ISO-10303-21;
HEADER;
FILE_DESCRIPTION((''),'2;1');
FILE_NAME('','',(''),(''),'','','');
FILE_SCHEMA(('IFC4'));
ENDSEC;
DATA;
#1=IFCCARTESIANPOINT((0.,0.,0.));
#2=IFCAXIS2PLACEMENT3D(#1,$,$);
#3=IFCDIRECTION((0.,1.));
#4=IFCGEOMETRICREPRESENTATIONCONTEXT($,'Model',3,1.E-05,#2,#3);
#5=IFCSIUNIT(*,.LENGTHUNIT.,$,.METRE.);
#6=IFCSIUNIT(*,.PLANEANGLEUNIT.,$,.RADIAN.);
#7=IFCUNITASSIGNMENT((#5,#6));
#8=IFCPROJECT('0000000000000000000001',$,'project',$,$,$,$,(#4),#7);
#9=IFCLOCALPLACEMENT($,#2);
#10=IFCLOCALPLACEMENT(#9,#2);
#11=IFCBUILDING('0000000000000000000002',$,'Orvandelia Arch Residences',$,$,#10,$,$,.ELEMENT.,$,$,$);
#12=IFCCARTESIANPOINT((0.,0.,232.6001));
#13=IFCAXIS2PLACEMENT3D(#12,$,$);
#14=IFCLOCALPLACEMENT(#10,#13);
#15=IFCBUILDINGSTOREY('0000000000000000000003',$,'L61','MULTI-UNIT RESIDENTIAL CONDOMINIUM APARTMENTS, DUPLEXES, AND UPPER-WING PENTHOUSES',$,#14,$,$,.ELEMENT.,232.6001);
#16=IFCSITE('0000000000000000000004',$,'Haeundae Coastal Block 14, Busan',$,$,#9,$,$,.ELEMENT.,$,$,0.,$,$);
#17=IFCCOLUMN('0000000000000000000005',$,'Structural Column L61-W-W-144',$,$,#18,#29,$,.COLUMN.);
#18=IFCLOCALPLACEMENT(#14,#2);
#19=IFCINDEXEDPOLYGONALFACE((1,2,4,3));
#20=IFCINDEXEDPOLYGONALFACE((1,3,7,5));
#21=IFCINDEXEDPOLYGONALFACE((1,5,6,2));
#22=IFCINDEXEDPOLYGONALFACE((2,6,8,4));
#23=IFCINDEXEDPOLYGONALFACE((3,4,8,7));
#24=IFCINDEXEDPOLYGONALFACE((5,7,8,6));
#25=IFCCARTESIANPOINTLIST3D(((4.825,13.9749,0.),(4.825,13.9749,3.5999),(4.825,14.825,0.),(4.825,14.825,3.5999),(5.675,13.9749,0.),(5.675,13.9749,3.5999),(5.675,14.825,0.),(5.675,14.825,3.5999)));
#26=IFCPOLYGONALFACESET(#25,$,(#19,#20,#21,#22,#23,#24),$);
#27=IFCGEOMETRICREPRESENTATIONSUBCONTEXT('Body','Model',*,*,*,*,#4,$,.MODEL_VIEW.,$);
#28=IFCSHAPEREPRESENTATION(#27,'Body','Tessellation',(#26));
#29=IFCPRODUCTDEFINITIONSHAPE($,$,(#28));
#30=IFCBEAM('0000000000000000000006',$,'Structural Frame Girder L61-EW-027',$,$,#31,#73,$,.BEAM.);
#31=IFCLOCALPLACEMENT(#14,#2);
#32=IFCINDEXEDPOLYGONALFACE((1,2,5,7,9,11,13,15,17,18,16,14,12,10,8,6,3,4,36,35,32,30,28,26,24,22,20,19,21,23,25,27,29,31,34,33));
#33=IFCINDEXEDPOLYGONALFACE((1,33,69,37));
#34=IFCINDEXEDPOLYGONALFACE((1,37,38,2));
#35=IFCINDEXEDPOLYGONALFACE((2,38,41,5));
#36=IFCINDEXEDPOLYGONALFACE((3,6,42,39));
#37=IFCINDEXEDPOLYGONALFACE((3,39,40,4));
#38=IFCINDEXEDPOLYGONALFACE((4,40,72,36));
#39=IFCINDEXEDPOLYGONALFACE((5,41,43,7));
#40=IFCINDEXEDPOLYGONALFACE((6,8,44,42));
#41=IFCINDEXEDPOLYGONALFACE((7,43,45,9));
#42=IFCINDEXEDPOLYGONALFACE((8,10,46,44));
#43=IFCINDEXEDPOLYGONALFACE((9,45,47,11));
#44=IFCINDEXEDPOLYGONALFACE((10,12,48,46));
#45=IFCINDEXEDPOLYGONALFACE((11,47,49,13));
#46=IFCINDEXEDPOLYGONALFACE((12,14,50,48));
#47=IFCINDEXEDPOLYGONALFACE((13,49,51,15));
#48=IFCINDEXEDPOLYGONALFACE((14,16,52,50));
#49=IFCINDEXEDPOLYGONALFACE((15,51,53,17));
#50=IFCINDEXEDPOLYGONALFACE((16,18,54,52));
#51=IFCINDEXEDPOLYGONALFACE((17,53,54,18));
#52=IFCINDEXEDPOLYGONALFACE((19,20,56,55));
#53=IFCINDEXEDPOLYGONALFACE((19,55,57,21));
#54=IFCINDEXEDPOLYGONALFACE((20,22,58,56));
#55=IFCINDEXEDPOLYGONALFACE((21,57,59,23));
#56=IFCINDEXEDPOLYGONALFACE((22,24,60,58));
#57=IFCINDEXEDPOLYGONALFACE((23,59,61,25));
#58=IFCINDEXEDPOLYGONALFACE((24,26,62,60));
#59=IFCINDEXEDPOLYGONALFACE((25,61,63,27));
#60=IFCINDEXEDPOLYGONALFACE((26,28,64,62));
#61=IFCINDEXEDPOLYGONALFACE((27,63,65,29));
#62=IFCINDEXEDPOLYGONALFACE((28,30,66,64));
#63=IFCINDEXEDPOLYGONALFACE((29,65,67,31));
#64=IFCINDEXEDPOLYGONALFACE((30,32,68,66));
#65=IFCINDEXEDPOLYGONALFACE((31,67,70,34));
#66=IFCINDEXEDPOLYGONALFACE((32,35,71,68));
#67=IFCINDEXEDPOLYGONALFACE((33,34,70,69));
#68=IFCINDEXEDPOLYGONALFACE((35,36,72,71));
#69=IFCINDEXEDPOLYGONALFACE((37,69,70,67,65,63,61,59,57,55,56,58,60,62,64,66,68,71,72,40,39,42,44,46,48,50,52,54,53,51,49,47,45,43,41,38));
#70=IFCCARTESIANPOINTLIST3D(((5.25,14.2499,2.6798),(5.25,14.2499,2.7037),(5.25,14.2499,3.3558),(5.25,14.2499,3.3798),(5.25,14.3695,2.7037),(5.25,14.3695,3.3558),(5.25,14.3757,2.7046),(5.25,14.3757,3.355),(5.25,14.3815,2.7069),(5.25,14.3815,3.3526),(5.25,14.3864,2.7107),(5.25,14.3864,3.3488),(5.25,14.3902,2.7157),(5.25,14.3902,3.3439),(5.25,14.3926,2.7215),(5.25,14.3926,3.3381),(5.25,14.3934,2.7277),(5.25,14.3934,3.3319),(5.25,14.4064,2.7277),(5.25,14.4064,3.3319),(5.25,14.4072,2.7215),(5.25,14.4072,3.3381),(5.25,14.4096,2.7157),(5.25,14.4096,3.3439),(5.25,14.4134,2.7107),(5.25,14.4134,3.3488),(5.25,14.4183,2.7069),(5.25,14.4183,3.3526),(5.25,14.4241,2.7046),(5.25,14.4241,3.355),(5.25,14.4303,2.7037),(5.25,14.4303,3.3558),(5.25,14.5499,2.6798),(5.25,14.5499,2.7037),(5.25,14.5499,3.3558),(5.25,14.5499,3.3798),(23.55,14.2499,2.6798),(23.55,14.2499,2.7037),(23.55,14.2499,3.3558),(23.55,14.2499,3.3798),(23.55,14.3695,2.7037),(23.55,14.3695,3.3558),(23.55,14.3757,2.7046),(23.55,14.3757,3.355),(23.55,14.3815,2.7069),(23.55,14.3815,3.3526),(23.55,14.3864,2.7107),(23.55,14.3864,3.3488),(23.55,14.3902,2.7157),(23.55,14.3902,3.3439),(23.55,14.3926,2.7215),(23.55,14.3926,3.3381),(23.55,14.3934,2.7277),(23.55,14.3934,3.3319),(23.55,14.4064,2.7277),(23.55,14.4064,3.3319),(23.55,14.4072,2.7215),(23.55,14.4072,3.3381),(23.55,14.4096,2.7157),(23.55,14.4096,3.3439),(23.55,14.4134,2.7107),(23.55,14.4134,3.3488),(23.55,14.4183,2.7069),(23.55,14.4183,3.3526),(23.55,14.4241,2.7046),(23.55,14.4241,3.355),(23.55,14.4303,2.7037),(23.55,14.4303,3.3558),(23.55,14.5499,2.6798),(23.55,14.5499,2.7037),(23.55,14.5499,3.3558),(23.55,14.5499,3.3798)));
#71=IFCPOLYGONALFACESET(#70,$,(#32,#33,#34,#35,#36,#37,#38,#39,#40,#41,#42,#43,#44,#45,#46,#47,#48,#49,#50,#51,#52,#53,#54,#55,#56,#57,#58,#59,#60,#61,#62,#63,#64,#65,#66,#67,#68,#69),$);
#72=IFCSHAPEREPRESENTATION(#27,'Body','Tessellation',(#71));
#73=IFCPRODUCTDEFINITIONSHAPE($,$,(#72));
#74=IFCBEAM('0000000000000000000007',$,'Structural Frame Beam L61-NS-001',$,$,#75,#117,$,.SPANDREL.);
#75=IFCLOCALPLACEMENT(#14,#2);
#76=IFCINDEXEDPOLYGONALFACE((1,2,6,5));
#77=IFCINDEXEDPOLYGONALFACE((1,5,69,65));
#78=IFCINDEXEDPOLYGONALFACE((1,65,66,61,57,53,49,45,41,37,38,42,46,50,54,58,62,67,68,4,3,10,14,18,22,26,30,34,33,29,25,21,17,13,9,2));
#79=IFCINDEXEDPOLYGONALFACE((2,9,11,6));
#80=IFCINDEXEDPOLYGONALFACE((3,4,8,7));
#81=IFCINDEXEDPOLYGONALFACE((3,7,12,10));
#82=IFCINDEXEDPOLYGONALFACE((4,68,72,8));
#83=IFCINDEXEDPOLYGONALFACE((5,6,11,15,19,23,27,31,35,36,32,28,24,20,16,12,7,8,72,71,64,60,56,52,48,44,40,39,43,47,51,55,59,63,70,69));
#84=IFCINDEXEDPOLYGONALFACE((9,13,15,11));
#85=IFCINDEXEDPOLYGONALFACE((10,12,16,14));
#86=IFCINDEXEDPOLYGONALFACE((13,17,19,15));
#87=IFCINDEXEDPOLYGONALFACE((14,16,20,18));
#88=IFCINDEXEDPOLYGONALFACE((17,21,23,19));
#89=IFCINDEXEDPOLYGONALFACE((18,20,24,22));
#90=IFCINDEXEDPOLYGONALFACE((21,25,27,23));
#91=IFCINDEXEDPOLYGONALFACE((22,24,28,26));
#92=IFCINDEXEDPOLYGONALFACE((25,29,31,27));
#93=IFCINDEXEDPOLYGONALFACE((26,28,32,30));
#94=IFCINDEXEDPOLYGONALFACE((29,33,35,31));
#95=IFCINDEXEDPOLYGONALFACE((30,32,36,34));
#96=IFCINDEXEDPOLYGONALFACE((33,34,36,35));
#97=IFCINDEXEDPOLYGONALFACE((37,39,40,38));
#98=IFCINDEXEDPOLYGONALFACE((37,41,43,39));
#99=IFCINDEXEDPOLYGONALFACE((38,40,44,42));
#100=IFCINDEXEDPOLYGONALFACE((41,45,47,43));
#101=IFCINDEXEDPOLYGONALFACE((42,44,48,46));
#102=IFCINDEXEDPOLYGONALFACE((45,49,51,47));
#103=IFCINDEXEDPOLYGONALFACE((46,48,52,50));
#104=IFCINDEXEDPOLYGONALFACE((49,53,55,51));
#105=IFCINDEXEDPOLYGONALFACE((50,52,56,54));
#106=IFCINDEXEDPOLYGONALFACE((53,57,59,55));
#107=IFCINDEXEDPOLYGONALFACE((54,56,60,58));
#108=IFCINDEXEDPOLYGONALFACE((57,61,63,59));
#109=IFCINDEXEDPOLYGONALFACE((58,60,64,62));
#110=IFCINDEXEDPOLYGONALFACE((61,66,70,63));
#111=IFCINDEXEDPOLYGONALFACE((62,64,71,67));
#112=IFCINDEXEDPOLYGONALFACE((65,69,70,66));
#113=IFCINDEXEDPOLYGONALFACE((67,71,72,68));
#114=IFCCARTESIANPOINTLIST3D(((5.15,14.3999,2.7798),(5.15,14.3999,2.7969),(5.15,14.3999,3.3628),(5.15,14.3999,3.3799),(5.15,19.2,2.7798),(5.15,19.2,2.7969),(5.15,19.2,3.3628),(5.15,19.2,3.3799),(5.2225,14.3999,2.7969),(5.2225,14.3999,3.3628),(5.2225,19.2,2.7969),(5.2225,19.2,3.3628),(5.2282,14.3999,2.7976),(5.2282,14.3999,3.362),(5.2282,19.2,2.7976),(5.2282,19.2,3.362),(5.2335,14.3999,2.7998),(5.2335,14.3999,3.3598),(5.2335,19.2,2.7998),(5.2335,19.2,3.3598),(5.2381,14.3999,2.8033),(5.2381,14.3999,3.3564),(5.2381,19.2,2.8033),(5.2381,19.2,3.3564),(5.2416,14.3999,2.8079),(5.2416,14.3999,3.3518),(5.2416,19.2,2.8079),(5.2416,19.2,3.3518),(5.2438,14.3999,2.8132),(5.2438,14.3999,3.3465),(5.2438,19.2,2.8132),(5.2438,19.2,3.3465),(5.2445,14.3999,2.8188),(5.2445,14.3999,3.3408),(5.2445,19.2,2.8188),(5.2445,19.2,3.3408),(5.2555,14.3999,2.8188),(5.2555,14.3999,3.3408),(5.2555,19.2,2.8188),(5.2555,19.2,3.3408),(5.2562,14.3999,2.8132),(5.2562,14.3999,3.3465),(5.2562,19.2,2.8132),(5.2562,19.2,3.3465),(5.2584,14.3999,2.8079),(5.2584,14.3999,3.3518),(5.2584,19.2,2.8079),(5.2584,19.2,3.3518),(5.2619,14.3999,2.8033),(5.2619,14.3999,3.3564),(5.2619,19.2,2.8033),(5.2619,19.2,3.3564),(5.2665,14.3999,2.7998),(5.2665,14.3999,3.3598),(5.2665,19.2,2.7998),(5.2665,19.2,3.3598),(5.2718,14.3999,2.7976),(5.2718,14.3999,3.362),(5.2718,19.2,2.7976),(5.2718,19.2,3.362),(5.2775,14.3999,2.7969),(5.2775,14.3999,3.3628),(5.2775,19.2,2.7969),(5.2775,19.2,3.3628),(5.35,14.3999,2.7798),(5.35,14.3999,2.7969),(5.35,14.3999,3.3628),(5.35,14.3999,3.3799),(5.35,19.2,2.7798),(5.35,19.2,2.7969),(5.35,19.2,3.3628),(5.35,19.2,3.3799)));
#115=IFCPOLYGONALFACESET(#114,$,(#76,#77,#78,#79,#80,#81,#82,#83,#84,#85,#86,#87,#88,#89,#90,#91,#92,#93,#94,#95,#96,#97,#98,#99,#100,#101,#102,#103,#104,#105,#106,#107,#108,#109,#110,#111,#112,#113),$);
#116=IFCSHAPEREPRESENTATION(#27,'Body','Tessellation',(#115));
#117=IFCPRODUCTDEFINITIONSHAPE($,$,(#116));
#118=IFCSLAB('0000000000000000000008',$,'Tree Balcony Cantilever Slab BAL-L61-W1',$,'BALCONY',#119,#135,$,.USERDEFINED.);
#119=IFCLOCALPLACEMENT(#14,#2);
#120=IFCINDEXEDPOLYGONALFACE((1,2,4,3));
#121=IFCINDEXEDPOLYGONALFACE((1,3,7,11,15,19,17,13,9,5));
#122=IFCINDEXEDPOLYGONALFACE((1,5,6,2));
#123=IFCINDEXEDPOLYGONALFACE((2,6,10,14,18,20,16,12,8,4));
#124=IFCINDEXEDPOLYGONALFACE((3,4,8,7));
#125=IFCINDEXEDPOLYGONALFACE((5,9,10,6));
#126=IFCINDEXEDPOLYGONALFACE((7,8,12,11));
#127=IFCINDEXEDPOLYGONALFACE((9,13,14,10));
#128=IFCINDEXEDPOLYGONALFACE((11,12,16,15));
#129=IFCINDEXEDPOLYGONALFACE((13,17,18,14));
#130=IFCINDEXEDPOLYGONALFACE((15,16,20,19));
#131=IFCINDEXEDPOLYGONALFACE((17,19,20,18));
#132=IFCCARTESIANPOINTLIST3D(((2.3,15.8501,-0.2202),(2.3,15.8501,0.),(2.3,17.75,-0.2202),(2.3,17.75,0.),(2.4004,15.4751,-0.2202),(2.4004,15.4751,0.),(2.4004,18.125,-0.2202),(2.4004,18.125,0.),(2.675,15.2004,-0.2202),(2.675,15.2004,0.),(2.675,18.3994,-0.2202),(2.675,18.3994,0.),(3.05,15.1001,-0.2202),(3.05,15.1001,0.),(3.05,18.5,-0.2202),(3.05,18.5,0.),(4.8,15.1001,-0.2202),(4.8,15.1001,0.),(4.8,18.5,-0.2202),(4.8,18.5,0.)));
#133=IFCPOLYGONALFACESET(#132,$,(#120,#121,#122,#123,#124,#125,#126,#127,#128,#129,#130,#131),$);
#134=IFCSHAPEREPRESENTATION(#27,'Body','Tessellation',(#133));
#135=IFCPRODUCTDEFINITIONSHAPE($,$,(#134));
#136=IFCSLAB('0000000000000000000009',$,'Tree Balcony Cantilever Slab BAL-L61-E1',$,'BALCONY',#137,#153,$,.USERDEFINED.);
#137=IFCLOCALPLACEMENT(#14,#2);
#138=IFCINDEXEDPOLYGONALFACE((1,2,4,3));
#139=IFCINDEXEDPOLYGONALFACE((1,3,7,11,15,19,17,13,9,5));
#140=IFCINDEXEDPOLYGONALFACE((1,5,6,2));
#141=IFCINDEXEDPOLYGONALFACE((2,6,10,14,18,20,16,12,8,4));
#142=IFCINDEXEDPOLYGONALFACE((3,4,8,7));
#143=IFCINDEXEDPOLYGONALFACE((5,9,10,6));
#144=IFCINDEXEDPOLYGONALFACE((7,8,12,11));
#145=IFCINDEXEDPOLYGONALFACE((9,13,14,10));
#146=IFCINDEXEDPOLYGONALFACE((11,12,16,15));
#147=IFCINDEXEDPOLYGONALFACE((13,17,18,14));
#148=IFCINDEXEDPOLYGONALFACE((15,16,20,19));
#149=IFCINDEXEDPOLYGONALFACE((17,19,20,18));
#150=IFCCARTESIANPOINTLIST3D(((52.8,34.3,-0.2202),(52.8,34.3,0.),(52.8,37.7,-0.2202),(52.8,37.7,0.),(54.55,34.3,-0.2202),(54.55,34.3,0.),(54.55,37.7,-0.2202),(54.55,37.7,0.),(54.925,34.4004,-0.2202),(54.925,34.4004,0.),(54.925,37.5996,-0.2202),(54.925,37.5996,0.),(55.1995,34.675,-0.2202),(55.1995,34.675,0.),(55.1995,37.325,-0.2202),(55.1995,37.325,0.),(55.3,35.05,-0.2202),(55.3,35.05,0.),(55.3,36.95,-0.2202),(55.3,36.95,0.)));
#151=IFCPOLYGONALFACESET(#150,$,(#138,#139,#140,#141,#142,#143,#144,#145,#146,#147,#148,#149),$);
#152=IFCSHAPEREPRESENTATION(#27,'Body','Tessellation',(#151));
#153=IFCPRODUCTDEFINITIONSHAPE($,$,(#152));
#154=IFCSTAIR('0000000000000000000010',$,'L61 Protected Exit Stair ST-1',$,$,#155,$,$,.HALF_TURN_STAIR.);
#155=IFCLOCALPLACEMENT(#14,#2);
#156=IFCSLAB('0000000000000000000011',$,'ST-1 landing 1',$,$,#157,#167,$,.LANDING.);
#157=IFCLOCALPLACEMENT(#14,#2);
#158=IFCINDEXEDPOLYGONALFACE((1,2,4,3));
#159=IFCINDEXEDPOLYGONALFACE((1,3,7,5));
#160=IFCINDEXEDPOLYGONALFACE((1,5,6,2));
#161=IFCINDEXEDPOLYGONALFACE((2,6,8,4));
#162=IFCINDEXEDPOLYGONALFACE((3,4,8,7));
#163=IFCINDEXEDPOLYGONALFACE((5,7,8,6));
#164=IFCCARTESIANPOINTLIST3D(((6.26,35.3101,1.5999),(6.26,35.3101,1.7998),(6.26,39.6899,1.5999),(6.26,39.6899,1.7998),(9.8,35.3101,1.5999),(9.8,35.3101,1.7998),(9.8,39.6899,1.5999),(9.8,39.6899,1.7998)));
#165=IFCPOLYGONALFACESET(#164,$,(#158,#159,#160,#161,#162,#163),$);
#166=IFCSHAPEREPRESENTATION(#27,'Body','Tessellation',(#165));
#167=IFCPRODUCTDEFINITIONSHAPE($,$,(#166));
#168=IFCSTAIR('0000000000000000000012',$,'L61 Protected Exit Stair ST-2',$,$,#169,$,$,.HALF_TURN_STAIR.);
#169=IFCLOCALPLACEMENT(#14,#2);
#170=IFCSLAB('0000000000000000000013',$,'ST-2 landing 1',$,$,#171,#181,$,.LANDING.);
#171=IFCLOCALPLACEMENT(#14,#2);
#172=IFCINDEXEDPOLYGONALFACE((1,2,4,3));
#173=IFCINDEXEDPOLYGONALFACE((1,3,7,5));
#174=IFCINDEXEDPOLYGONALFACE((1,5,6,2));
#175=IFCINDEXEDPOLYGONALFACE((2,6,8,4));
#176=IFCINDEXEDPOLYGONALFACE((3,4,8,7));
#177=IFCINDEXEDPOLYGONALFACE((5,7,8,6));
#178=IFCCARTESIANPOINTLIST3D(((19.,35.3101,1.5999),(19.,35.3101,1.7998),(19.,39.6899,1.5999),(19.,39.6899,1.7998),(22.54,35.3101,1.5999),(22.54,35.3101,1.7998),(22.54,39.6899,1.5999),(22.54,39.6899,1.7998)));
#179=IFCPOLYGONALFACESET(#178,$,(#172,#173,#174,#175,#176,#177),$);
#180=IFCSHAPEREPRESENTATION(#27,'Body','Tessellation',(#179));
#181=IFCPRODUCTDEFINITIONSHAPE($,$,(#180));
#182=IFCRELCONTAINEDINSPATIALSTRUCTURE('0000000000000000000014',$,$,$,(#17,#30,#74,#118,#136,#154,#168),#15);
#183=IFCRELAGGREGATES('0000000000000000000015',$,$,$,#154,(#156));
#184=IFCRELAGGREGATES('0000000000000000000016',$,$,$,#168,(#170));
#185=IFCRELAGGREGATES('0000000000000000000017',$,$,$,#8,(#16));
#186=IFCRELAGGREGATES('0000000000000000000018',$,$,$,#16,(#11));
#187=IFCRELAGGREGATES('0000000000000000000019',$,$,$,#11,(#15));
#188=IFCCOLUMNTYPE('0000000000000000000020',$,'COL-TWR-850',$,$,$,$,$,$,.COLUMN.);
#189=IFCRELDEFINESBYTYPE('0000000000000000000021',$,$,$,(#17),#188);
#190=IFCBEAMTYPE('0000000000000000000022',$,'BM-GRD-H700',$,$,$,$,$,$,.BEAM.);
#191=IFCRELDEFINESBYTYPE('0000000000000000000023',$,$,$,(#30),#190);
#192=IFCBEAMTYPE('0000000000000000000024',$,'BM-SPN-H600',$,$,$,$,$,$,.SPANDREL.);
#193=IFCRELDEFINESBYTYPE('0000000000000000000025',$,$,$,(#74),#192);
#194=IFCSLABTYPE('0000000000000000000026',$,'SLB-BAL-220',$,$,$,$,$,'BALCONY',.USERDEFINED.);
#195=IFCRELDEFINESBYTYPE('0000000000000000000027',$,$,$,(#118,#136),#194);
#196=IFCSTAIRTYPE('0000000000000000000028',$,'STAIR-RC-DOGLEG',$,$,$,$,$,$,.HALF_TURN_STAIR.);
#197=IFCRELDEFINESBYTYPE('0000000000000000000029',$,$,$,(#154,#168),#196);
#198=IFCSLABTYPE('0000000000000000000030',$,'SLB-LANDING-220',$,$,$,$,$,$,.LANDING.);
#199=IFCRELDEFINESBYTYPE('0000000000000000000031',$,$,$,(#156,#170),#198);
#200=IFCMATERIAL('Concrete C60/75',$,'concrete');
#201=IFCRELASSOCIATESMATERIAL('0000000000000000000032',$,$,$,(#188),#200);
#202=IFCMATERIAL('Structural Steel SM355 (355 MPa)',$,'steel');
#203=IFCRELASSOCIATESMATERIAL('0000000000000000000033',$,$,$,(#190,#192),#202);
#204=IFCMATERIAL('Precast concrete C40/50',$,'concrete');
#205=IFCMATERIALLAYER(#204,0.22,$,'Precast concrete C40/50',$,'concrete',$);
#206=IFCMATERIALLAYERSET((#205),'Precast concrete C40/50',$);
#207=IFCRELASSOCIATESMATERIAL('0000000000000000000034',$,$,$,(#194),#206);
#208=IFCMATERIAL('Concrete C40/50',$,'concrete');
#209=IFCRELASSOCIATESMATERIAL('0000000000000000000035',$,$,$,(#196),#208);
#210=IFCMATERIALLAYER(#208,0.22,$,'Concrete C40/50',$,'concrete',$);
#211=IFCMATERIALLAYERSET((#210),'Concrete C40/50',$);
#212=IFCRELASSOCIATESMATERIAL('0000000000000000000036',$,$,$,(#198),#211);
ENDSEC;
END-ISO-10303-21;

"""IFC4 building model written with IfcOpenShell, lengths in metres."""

from ifc_helpers import new_model, si_unit, direction, frame, origin, origin_2d, place, context, subcontext, project, spatial, polyline, rectangle, i_section, outline, extrude, material, layer, layer_set, material_profile, profile_set, type_object, element, aggregate, save


model = new_model("IFC4")

# Units and contexts
model_context = context("Model", 3, precision=1e-05, world=origin(), true_north=direction((0.0, 1.0)))
body_context = subcontext(model_context, "Body", "Model", "MODEL_VIEW")
ifc_project = project(units=[si_unit("LENGTHUNIT", "METRE"), si_unit("PLANEANGLEUNIT", "RADIAN")], contexts=[model_context])

# Site, building, storey
site_placement = place(None, origin())
site = spatial("IfcSite", under=ifc_project, at=site_placement, Name="Haeundae Coastal Block 14, Busan", CompositionType="ELEMENT", RefElevation=0.0)
building_placement = place(site_placement, origin())
building = spatial("IfcBuilding", under=site, at=building_placement, Name="Orvandelia Arch Residences", CompositionType="ELEMENT")
storey_placement = place(building_placement, frame((0.0, 0.0, 232.6001)))
storey = spatial("IfcBuildingStorey", under=building, at=storey_placement, Name="L61", Description="MULTI-UNIT RESIDENTIAL CONDOMINIUM APARTMENTS, DUPLEXES, AND UPPER-WING PENTHOUSES", CompositionType="ELEMENT", Elevation=232.6001)

# Column
ifc_material_1 = material(Name="Concrete C60/75", Category="concrete")
ifc_material_profile_1 = material_profile(ifc_material_1, rectangle(XDim=0.8501, YDim=0.8501, at=origin_2d()), Name="Concrete C60/75", Category="concrete")
ifc_profile_set_1 = profile_set([ifc_material_profile_1], Name="Concrete C60/75")
column_type = type_object("IfcColumnType", Name="COL-TWR-850", PredefinedType="COLUMN", material=ifc_profile_set_1)
column_placement = place(storey_placement, frame((5.25, 14.3999, 0.0), z_axis=(0.0, 0.0, 1.0), x_axis=(1.0, 0.0, 0.0)))
element("IfcColumn", 1, at=column_placement, inside=storey, type_object=column_type, Name="Structural Column L61-W-W-144", PredefinedType="COLUMN", context=body_context, shape_type="SweptSolid", body=[
    extrude(rectangle(XDim=0.8501, YDim=0.8501, at=origin_2d()), origin(), (0.0, 0.0, 1.0), 3.5999),
])

# Beams
ifc_material_2 = material(Name="Structural Steel SM355 (355 MPa)", Category="steel")
ifc_material_profile_2 = material_profile(ifc_material_2, i_section(OverallWidth=0.3, OverallDepth=0.7, WebThickness=0.0129, FlangeThickness=0.0239, FilletRadius=0.0239, at=origin_2d()), Name="Structural Steel SM355 (355 MPa)", Category="steel")
ifc_profile_set_2 = profile_set([ifc_material_profile_2], Name="Structural Steel SM355 (355 MPa)")
beam_type_1 = type_object("IfcBeamType", Name="BM-GRD-H700", PredefinedType="BEAM", material=ifc_profile_set_2)
beam_1_placement = place(storey_placement, frame((5.25, 14.3999, 3.0298), z_axis=(1.0, 0.0, 0.0), x_axis=(0.0, 1.0, 0.0)))
element("IfcBeam", 2, at=beam_1_placement, inside=storey, type_object=beam_type_1, Name="Structural Frame Girder L61-EW-027", PredefinedType="BEAM", context=body_context, shape_type="SweptSolid", body=[
    extrude(i_section(OverallWidth=0.3, OverallDepth=0.7, WebThickness=0.0129, FlangeThickness=0.0239, FilletRadius=0.0239, at=origin_2d()), origin(), (0.0, 0.0, 1.0), 18.3),
])
ifc_material_profile_3 = material_profile(ifc_material_2, i_section(OverallWidth=0.2, OverallDepth=0.6001, WebThickness=0.011, FlangeThickness=0.0171, FilletRadius=0.022, at=origin_2d()), Name="Structural Steel SM355 (355 MPa)", Category="steel")
ifc_profile_set_3 = profile_set([ifc_material_profile_3], Name="Structural Steel SM355 (355 MPa)")
beam_type_2 = type_object("IfcBeamType", Name="BM-SPN-H600", PredefinedType="SPANDREL", material=ifc_profile_set_3)
beam_2_placement = place(storey_placement, frame((5.25, 14.3999, 3.0798), z_axis=(0.0, 1.0, 0.0), x_axis=(-1.0, 0.0, 0.0)))
element("IfcBeam", 3, at=beam_2_placement, inside=storey, type_object=beam_type_2, Name="Structural Frame Beam L61-NS-001", PredefinedType="SPANDREL", context=body_context, shape_type="SweptSolid", body=[
    extrude(i_section(OverallWidth=0.2, OverallDepth=0.6001, WebThickness=0.011, FlangeThickness=0.0171, FilletRadius=0.022, at=origin_2d()), origin(), (0.0, 0.0, 1.0), 4.8),
])

# Slabs
ifc_material_3 = material(Name="Precast concrete C40/50", Category="concrete")
ifc_layer_1 = layer(ifc_material_3, 0.22, Name="Precast concrete C40/50", Category="concrete")
ifc_layer_set_1 = layer_set([ifc_layer_1], Name="Precast concrete C40/50")
slab_type_1 = type_object("IfcSlabType", Name="SLB-BAL-220", ElementType="BALCONY", PredefinedType="USERDEFINED", material=ifc_layer_set_1)
slab_1_placement = place(storey_placement, frame((0.0, 0.0, -0.2202)))
element("IfcSlab", 4, at=slab_1_placement, inside=storey, type_object=slab_type_1, Name="Tree Balcony Cantilever Slab BAL-L61-W1", ObjectType="BALCONY", PredefinedType="USERDEFINED", context=body_context, shape_type="SweptSolid", body=[
    extrude(outline(polyline([(4.8, 15.1001), (4.8, 18.5), (3.05, 18.5), (2.675, 18.3994), (2.4004, 18.125), (2.3, 17.75), (2.3, 15.8501), (2.4004, 15.4751), (2.675, 15.2004), (3.05, 15.1001), (4.8, 15.1001)])), origin(), (0.0, 0.0, 1.0), 0.2202),
])
slab_2_placement = place(storey_placement, frame((0.0, 0.0, -0.2202)))
element("IfcSlab", 5, at=slab_2_placement, inside=storey, type_object=slab_type_1, Name="Tree Balcony Cantilever Slab BAL-L61-E1", ObjectType="BALCONY", PredefinedType="USERDEFINED", context=body_context, shape_type="SweptSolid", body=[
    extrude(outline(polyline([(52.8, 37.7), (52.8, 34.3), (54.55, 34.3), (54.925, 34.4004), (55.1995, 34.675), (55.3, 35.05), (55.3, 36.95), (55.1995, 37.325), (54.925, 37.5996), (54.55, 37.7), (52.8, 37.7)])), origin(), (0.0, 0.0, 1.0), 0.2202),
])

# Stairs, slabs
ifc_material_4 = material(Name="Concrete C40/50", Category="concrete")
stair_type = type_object("IfcStairType", Name="STAIR-RC-DOGLEG", PredefinedType="HALF_TURN_STAIR", material=ifc_material_4)
stair_1_placement = place(storey_placement, origin())
stair_1 = element("IfcStair", 6, at=stair_1_placement, inside=storey, type_object=stair_type, Name="L61 Protected Exit Stair ST-1", PredefinedType="HALF_TURN_STAIR")
ifc_layer_2 = layer(ifc_material_4, 0.22, Name="Concrete C40/50", Category="concrete")
ifc_layer_set_2 = layer_set([ifc_layer_2], Name="Concrete C40/50")
slab_type_2 = type_object("IfcSlabType", Name="SLB-LANDING-220", PredefinedType="LANDING", material=ifc_layer_set_2)
slab_3_placement = place(storey_placement, frame((0.0, 0.0, 1.5999)))
slab_3 = element("IfcSlab", 7, at=slab_3_placement, type_object=slab_type_2, Name="ST-1 landing 1", PredefinedType="LANDING", context=body_context, shape_type="SweptSolid", body=[
    extrude(outline(polyline([(9.8, 35.3101), (9.8, 39.6899), (6.26, 39.6899), (6.26, 35.3101), (9.8, 35.3101)])), origin(), (0.0, 0.0, 1.0), 0.2),
])
aggregate(stair_1, [slab_3])
stair_2_placement = place(storey_placement, origin())
stair_2 = element("IfcStair", 8, at=stair_2_placement, inside=storey, type_object=stair_type, Name="L61 Protected Exit Stair ST-2", PredefinedType="HALF_TURN_STAIR")
slab_4_placement = place(storey_placement, frame((0.0, 0.0, 1.5999)))
slab_4 = element("IfcSlab", 9, at=slab_4_placement, type_object=slab_type_2, Name="ST-2 landing 1", PredefinedType="LANDING", context=body_context, shape_type="SweptSolid", body=[
    extrude(outline(polyline([(22.54, 35.3101), (22.54, 39.6899), (19.0, 39.6899), (19.0, 35.3101), (22.54, 35.3101)])), origin(), (0.0, 0.0, 1.0), 0.2),
])
aggregate(stair_2, [slab_4])

save(model, "model.ifc")
